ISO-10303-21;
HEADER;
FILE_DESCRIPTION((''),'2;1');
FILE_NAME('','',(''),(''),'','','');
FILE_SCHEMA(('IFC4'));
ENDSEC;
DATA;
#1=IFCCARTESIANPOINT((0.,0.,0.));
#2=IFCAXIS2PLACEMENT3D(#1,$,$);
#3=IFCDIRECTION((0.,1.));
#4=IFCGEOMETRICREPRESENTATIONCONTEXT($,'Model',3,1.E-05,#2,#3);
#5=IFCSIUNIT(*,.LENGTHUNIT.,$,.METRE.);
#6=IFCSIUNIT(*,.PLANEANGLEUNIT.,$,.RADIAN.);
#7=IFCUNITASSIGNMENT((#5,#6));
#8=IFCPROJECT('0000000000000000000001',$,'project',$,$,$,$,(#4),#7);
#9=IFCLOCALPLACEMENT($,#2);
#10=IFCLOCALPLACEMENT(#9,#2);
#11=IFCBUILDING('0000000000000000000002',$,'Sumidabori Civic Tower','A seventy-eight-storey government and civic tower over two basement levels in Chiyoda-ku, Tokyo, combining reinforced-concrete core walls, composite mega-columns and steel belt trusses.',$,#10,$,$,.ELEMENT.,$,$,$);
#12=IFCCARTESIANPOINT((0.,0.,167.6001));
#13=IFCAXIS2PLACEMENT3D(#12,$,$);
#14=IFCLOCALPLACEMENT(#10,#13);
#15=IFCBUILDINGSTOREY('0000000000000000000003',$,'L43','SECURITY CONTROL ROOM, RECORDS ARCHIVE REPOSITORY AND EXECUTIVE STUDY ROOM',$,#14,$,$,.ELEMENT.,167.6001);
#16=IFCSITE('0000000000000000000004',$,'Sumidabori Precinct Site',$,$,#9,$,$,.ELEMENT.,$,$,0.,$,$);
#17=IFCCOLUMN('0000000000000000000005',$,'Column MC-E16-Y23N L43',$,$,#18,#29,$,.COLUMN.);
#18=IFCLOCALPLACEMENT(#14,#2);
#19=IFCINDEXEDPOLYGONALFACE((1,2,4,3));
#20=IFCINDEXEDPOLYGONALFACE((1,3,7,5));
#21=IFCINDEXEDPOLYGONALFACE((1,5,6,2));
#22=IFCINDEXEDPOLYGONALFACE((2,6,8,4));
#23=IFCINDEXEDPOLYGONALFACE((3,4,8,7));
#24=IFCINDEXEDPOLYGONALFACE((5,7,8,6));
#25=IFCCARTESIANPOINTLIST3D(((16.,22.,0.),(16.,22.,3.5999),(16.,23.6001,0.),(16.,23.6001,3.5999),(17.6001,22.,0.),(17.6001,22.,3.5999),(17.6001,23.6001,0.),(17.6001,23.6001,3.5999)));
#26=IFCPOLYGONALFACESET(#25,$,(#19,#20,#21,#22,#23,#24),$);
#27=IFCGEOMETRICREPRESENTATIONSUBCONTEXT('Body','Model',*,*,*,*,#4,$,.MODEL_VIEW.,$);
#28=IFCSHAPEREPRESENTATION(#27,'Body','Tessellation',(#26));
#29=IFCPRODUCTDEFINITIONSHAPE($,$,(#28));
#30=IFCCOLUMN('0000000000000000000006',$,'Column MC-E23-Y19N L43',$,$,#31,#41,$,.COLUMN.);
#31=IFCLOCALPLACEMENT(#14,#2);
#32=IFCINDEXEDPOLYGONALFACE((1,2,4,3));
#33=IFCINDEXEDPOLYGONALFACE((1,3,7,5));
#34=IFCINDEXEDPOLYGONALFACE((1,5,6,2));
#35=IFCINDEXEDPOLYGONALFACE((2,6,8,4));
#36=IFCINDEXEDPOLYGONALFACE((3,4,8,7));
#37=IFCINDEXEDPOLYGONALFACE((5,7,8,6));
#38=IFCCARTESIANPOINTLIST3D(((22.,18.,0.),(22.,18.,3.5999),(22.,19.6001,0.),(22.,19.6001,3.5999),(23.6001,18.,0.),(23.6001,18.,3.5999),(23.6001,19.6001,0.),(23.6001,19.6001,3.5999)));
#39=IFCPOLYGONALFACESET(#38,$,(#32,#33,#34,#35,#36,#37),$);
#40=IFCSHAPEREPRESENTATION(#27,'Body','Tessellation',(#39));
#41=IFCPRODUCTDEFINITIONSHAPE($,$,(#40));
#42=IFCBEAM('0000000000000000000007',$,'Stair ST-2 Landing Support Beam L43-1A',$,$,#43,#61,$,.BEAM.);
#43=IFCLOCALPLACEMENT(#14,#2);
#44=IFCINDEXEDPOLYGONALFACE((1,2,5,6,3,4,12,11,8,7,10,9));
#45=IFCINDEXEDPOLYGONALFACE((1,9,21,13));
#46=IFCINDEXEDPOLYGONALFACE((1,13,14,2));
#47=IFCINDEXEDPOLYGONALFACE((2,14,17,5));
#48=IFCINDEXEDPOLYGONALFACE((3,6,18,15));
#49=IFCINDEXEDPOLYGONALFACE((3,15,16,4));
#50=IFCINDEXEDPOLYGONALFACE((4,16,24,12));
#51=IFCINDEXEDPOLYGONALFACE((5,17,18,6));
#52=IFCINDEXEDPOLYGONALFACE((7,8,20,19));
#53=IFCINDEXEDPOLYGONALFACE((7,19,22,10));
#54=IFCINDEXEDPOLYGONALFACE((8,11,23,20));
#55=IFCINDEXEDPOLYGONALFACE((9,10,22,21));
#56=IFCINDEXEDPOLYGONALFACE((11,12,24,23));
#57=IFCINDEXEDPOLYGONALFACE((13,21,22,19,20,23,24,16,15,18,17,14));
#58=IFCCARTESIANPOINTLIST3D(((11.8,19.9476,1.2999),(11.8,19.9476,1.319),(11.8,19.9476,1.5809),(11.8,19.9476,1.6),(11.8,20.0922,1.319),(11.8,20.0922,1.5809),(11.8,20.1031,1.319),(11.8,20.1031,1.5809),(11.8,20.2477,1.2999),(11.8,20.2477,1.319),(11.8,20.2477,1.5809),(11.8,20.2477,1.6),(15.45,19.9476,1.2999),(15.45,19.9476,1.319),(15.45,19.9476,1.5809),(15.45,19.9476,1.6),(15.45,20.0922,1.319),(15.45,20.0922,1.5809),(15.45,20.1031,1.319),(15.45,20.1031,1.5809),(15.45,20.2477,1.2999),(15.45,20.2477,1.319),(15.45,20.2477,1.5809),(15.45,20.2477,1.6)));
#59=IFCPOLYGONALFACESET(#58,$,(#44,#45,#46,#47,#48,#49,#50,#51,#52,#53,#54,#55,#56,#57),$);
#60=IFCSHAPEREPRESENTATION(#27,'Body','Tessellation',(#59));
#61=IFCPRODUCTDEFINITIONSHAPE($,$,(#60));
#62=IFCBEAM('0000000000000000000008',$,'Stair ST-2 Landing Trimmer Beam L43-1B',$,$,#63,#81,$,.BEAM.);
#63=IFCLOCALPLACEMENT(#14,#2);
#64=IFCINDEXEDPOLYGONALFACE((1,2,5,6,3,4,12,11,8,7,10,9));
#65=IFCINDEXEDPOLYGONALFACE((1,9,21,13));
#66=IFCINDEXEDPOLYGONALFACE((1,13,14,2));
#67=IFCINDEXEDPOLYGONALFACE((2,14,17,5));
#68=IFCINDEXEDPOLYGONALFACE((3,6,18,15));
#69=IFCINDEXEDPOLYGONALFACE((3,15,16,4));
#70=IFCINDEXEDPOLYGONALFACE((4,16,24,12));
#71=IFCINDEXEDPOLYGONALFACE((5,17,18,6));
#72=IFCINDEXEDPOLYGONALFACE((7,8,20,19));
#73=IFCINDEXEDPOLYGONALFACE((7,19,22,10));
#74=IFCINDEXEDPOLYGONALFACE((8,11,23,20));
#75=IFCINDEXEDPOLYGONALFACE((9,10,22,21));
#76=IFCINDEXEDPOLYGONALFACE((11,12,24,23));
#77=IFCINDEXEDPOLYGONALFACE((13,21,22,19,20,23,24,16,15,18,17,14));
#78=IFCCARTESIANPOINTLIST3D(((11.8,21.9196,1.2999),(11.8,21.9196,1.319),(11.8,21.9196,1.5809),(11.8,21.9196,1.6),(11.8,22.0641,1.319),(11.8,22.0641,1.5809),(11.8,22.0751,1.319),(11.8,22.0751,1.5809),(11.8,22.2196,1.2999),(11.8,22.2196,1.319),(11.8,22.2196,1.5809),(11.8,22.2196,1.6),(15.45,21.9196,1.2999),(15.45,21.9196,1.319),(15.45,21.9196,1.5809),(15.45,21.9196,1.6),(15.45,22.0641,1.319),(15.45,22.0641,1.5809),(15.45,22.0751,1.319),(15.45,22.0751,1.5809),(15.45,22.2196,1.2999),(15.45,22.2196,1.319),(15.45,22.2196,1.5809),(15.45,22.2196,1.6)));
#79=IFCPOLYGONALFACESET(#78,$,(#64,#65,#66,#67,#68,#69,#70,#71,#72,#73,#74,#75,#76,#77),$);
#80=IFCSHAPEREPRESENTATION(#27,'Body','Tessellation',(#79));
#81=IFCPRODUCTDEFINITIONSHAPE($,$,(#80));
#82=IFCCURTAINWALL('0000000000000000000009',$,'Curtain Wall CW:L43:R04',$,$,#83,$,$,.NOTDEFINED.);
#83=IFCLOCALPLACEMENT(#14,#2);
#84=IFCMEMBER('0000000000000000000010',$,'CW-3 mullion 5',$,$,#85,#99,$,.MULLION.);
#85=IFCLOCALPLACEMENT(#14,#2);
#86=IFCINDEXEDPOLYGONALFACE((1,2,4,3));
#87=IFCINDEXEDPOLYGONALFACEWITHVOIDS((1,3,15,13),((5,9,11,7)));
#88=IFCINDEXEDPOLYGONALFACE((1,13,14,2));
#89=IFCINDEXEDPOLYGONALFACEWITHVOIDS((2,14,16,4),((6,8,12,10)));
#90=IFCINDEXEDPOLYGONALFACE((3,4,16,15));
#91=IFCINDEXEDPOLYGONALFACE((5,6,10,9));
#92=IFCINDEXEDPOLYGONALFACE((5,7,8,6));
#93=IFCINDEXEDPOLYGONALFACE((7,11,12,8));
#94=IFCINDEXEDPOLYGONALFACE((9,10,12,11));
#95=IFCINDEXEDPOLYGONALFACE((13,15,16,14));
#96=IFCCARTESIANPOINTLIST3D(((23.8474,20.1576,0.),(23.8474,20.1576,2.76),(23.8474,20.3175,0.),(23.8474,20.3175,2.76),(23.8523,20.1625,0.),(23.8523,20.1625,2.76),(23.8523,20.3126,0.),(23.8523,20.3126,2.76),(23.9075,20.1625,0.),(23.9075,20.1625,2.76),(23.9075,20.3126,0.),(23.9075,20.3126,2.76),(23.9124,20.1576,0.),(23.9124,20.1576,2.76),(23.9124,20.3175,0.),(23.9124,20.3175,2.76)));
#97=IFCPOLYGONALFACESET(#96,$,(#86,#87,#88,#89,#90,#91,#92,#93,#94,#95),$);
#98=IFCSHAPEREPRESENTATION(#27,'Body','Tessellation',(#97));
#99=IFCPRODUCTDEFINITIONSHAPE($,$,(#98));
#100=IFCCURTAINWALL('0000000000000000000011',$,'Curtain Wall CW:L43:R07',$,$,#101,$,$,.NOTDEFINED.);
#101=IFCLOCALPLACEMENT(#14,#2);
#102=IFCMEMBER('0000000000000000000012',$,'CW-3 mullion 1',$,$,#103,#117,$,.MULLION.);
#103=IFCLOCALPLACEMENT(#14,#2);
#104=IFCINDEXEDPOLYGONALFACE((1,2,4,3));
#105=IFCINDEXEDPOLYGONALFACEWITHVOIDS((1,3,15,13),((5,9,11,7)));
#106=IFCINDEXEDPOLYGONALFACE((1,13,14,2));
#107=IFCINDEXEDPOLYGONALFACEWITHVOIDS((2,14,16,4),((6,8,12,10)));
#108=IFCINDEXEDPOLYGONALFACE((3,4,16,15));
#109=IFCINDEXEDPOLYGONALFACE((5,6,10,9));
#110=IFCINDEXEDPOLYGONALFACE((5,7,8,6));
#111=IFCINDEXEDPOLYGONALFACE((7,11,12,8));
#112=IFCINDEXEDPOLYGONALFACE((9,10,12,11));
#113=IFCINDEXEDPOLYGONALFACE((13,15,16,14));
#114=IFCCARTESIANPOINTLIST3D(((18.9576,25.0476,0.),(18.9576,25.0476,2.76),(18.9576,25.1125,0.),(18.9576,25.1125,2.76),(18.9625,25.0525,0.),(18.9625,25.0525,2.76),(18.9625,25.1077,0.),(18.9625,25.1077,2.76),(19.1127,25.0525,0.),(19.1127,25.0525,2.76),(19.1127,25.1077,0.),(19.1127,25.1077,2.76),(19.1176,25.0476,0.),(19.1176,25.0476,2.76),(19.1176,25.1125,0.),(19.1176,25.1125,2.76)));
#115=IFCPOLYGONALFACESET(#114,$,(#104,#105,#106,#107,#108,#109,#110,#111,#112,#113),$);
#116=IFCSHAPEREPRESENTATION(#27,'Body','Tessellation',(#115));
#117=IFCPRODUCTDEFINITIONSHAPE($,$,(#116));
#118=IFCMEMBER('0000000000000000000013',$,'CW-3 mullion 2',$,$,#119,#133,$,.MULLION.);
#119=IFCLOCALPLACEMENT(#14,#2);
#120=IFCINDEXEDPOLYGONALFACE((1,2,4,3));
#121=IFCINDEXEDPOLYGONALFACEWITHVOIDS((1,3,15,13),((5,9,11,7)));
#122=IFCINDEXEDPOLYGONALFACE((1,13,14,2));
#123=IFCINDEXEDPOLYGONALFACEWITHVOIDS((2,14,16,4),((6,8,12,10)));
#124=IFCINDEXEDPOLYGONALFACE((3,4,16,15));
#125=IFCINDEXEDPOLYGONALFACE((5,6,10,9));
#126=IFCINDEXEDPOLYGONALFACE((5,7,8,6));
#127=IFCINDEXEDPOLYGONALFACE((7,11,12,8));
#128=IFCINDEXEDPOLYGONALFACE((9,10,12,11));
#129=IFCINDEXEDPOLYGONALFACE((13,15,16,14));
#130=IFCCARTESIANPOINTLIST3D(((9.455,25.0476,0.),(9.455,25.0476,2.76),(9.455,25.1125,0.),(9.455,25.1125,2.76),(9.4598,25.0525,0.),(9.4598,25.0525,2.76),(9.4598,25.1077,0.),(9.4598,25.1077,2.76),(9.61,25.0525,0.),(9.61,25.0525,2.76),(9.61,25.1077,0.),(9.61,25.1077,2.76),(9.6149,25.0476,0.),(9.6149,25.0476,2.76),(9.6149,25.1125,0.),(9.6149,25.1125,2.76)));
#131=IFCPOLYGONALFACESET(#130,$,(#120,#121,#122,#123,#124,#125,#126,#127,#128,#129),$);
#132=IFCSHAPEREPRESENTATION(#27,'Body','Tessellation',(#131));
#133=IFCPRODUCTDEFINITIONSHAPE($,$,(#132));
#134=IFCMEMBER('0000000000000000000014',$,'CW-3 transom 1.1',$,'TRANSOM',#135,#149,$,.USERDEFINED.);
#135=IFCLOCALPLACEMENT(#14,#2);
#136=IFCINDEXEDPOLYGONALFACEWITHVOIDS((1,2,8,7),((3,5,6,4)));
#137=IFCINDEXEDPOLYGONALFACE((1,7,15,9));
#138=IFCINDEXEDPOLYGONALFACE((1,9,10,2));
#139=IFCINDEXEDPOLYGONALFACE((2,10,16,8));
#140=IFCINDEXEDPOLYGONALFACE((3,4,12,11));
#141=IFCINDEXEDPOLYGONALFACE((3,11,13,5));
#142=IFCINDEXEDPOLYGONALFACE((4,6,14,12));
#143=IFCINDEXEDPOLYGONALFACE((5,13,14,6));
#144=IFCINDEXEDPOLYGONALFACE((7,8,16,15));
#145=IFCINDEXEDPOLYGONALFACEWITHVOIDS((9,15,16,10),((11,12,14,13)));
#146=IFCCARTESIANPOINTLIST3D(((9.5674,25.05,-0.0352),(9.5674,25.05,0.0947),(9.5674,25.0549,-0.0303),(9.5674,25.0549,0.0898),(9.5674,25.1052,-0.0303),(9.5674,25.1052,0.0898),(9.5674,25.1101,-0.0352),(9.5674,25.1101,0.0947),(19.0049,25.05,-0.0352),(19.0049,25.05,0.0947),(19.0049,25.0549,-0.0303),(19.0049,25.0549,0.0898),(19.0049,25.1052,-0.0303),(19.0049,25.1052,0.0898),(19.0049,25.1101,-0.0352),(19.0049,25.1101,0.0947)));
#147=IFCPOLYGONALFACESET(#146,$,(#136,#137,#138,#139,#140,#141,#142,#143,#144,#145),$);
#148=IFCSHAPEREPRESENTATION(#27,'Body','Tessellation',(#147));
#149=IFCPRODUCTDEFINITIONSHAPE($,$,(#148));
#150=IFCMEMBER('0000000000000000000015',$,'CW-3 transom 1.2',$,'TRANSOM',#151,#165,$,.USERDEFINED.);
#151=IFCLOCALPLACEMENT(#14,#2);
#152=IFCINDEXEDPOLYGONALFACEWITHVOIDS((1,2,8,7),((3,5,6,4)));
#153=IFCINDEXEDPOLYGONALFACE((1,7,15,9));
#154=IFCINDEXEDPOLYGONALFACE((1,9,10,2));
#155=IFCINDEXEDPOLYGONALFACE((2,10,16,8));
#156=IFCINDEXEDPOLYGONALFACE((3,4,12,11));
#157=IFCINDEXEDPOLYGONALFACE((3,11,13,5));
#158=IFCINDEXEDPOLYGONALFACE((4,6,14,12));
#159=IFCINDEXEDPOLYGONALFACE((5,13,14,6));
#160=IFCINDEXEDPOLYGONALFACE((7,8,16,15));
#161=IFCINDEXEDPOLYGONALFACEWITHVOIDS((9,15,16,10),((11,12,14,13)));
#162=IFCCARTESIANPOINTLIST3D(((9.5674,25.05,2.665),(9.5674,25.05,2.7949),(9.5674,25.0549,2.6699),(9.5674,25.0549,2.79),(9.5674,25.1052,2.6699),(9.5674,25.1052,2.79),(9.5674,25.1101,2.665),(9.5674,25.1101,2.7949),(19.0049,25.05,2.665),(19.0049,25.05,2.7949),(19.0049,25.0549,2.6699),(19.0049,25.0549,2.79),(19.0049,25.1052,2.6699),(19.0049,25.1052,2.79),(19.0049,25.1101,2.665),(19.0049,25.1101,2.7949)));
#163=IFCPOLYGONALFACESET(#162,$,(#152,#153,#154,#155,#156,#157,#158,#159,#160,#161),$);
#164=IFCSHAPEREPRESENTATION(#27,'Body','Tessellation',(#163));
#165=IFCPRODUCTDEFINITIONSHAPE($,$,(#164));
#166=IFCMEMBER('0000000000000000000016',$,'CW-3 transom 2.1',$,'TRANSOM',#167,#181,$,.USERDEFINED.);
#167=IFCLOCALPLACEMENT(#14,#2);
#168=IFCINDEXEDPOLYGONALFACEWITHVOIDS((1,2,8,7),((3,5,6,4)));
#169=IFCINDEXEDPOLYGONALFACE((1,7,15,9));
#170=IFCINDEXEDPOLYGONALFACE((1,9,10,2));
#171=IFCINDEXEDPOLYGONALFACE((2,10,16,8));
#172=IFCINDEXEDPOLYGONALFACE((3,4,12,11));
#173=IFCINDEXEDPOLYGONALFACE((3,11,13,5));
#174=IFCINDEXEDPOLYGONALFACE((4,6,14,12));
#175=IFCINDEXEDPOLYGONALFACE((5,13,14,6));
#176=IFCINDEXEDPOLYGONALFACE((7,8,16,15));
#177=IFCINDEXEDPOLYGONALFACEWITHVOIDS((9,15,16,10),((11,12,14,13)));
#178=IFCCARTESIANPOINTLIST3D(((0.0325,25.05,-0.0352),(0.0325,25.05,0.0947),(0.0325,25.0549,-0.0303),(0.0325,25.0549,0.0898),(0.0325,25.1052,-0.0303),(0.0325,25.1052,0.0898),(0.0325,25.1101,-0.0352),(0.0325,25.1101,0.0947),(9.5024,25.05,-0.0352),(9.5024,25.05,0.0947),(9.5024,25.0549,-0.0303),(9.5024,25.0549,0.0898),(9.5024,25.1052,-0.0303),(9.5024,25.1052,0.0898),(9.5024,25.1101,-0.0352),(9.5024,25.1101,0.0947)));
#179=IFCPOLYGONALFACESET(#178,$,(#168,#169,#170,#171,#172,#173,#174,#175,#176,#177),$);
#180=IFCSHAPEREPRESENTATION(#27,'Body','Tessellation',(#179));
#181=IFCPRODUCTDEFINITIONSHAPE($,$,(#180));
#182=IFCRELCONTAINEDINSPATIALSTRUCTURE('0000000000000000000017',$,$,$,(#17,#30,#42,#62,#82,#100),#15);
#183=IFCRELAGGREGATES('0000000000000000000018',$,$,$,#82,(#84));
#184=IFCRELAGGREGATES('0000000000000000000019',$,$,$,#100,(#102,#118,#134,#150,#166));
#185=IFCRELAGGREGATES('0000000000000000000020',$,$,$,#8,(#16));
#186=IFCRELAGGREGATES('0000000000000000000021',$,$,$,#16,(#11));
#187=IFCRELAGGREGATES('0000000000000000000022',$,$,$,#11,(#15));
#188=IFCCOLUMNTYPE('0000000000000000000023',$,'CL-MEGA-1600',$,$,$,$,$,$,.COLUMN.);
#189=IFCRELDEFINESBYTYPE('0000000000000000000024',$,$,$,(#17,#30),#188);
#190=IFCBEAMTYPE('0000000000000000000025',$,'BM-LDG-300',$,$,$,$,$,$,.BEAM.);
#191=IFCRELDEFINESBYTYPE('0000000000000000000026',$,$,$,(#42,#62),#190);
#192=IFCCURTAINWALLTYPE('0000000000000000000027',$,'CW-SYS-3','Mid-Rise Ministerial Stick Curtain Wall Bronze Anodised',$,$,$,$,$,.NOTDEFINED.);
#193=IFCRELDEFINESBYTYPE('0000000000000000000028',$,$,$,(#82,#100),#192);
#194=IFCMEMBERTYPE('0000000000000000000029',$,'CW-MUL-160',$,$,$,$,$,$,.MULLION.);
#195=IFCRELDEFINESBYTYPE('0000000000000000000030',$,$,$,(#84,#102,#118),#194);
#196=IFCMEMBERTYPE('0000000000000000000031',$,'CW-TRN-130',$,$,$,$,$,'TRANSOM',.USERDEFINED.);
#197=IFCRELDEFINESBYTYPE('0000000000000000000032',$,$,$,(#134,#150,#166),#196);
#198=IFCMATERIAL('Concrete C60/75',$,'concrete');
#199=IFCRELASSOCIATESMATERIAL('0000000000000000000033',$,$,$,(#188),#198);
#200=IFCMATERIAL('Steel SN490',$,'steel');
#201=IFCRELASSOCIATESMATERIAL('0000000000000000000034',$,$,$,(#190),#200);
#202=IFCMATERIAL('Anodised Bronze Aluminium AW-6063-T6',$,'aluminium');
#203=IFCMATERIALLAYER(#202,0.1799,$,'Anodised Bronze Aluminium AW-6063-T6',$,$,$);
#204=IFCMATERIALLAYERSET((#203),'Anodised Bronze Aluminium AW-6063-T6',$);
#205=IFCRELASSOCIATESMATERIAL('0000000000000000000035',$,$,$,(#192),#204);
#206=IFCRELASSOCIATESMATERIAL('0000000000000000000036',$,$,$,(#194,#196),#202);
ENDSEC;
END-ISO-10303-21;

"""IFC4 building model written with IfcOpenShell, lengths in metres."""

from ifc_helpers import new_model, si_unit, direction, frame, origin, origin_2d, place, context, subcontext, project, spatial, rectangle, hollow_rectangle, i_section, extrude, source, transform, mapped, material, layer, layer_set, material_profile, profile_set, type_object, element, aggregate, save


model = new_model("IFC4")

# Units and contexts
model_context = context("Model", 3, precision=1e-05, world=origin(), true_north=direction((0.0, 1.0)))
body_context = subcontext(model_context, "Body", "Model", "MODEL_VIEW")
ifc_project = project(units=[si_unit("LENGTHUNIT", "METRE"), si_unit("PLANEANGLEUNIT", "RADIAN")], contexts=[model_context])

# Site, building, storey
site_placement = place(None, origin())
site = spatial("IfcSite", under=ifc_project, at=site_placement, Name="Sumidabori Precinct Site", CompositionType="ELEMENT", RefElevation=0.0)
building_placement = place(site_placement, origin())
building = spatial("IfcBuilding", under=site, at=building_placement, Name="Sumidabori Civic Tower", Description="A seventy-eight-storey government and civic tower over two basement levels in Chiyoda-ku, Tokyo, combining reinforced-concrete core walls, composite mega-columns and steel belt trusses.", CompositionType="ELEMENT")
storey_placement = place(building_placement, frame((0.0, 0.0, 167.6001)))
storey = spatial("IfcBuildingStorey", under=building, at=storey_placement, Name="L43", Description="SECURITY CONTROL ROOM, RECORDS ARCHIVE REPOSITORY AND EXECUTIVE STUDY ROOM", CompositionType="ELEMENT", Elevation=167.6001)

# Columns
ifc_material_1 = material(Name="Concrete C60/75", Category="concrete")
ifc_material_profile_1 = material_profile(ifc_material_1, rectangle(XDim=1.6001, YDim=1.6001, at=origin_2d()), Name="RC 1600x1600")
ifc_profile_set_1 = profile_set([ifc_material_profile_1], Name="Concrete C60/75")
column_type = type_object("IfcColumnType", Name="CL-MEGA-1600", PredefinedType="COLUMN", material=ifc_profile_set_1)
shared_shape_1 = source(origin(), body_context, "Body", "SweptSolid", [
    extrude(rectangle(XDim=1.6001, YDim=1.6001, at=origin_2d()), origin(), (0.0, 0.0, 1.0), 3.5999),
])
for number, where, z_axis, x_axis, name in (
    (1, (16.8, 22.8, 0.0), (0.0, 0.0, 1.0), (1.0, 0.0, 0.0), "Column MC-E16-Y23N L43"),
    (2, (22.8, 18.8, 0.0), (0.0, 0.0, 1.0), (1.0, 0.0, 0.0), "Column MC-E23-Y19N L43"),
):
    element("IfcColumn", number, at=place(storey_placement, frame(where, z_axis=z_axis, x_axis=x_axis)), inside=storey, type_object=column_type, Name=name, PredefinedType="COLUMN", context=body_context, shape_type="MappedRepresentation", body=[
        mapped(shared_shape_1, transform((0.0, 0.0, 0.0), x_axis=(1.0, 0.0, 0.0), y_axis=(0.0, 1.0, 0.0), z_axis=(0.0, 0.0, 1.0), scale=1.0)),
    ])

# Beams
ifc_material_2 = material(Name="Steel SN490", Category="steel")
ifc_material_profile_2 = material_profile(ifc_material_2, i_section(OverallWidth=0.3, OverallDepth=0.3, WebThickness=0.011, FlangeThickness=0.019, at=origin_2d()), Name="HE 300 B")
ifc_profile_set_2 = profile_set([ifc_material_profile_2], Name="Steel SN490")
beam_type = type_object("IfcBeamType", Name="BM-LDG-300", PredefinedType="BEAM", material=ifc_profile_set_2)
shared_shape_2 = source(origin(), body_context, "Body", "SweptSolid", [
    extrude(i_section(OverallWidth=0.3, OverallDepth=0.3, WebThickness=0.011, FlangeThickness=0.019, at=origin_2d()), origin(), (0.0, 0.0, 1.0), 3.6499),
])
for number, where, z_axis, x_axis, name in (
    (3, (11.8, 20.0977, 1.45), (1.0, 0.0, 0.0), (0.0, 1.0, 0.0), "Stair ST-2 Landing Support Beam L43-1A"),
    (4, (11.8, 22.0696, 1.45), (1.0, 0.0, 0.0), (0.0, 1.0, 0.0), "Stair ST-2 Landing Trimmer Beam L43-1B"),
):
    element("IfcBeam", number, at=place(storey_placement, frame(where, z_axis=z_axis, x_axis=x_axis)), inside=storey, type_object=beam_type, Name=name, PredefinedType="BEAM", context=body_context, shape_type="MappedRepresentation", body=[
        mapped(shared_shape_2, transform((0.0, 0.0, 0.0), x_axis=(1.0, 0.0, 0.0), y_axis=(0.0, 1.0, 0.0), z_axis=(0.0, 0.0, 1.0), scale=1.0)),
    ])

# Curtain wall, member
ifc_material_3 = material(Name="Anodised Bronze Aluminium AW-6063-T6", Category="aluminium")
ifc_layer_1 = layer(ifc_material_3, 0.1799, Name="Anodised Bronze Aluminium AW-6063-T6")
ifc_layer_set_1 = layer_set([ifc_layer_1], Name="Anodised Bronze Aluminium AW-6063-T6")
curtain_wall_type = type_object("IfcCurtainWallType", Name="CW-SYS-3", Description="Mid-Rise Ministerial Stick Curtain Wall Bronze Anodised", PredefinedType="NOTDEFINED", material=ifc_layer_set_1)
curtain_wall_1_placement = place(storey_placement, origin())
curtain_wall_1 = element("IfcCurtainWall", 5, at=curtain_wall_1_placement, inside=storey, type_object=curtain_wall_type, Name="Curtain Wall CW:L43:R04", PredefinedType="NOTDEFINED")
ifc_material_profile_3 = material_profile(ifc_material_3, hollow_rectangle(XDim=0.0649, YDim=0.1599, WallThickness=0.0049, at=origin_2d()), Name="ALU MULLION 160x65")
ifc_profile_set_3 = profile_set([ifc_material_profile_3], Name="Anodised Bronze Aluminium AW-6063-T6")
member_type_1 = type_object("IfcMemberType", Name="CW-MUL-160", PredefinedType="MULLION", material=ifc_profile_set_3)
shared_shape_3 = source(origin(), body_context, "Body", "SweptSolid", [
    extrude(hollow_rectangle(XDim=0.0649, YDim=0.1599, WallThickness=0.0049, at=origin_2d()), origin(), (0.0, 0.0, 1.0), 2.76),
])
member_1_placement = place(storey_placement, frame((23.8799, 20.2375, 0.0), z_axis=(0.0, 0.0, 1.0), x_axis=(-1.0, 0.0, 0.0)))
member_1 = element("IfcMember", 6, at=member_1_placement, type_object=member_type_1, Name="CW-3 mullion 5", PredefinedType="MULLION", context=body_context, shape_type="MappedRepresentation", body=[
    mapped(shared_shape_3, transform((0.0, 0.0, 0.0), x_axis=(1.0, 0.0, 0.0), y_axis=(0.0, 1.0, 0.0), z_axis=(0.0, 0.0, 1.0), scale=1.0)),
])

# Curtain wall, members
curtain_wall_2_placement = place(storey_placement, origin())
curtain_wall_2 = element("IfcCurtainWall", 7, at=curtain_wall_2_placement, inside=storey, type_object=curtain_wall_type, Name="Curtain Wall CW:L43:R07", PredefinedType="NOTDEFINED")
member_2_placement = place(storey_placement, frame((19.0376, 25.0801, 0.0), z_axis=(0.0, 0.0, 1.0), x_axis=(0.0, -1.0, 0.0)))
member_2 = element("IfcMember", 8, at=member_2_placement, type_object=member_type_1, Name="CW-3 mullion 1", PredefinedType="MULLION", context=body_context, shape_type="MappedRepresentation", body=[
    mapped(shared_shape_3, transform((0.0, 0.0, 0.0), x_axis=(1.0, 0.0, 0.0), y_axis=(0.0, 1.0, 0.0), z_axis=(0.0, 0.0, 1.0), scale=1.0)),
])
member_3_placement = place(storey_placement, frame((9.5349, 25.0801, 0.0), z_axis=(0.0, 0.0, 1.0), x_axis=(0.0, -1.0, 0.0)))
member_3 = element("IfcMember", 9, at=member_3_placement, type_object=member_type_1, Name="CW-3 mullion 2", PredefinedType="MULLION", context=body_context, shape_type="MappedRepresentation", body=[
    mapped(shared_shape_3, transform((0.0, 0.0, 0.0), x_axis=(1.0, 0.0, 0.0), y_axis=(0.0, 1.0, 0.0), z_axis=(0.0, 0.0, 1.0), scale=1.0)),
])
ifc_material_profile_4 = material_profile(ifc_material_3, hollow_rectangle(XDim=0.0601, YDim=0.1299, WallThickness=0.0049, at=origin_2d()), Name="ALU TRANSOM 130x60")
ifc_profile_set_4 = profile_set([ifc_material_profile_4], Name="Anodised Bronze Aluminium AW-6063-T6")
member_type_2 = type_object("IfcMemberType", Name="CW-TRN-130", ElementType="TRANSOM", PredefinedType="USERDEFINED", material=ifc_profile_set_4)
shared_shape_4 = source(origin(), body_context, "Body", "SweptSolid", [
    extrude(hollow_rectangle(XDim=0.0601, YDim=0.1299, WallThickness=0.0049, at=origin_2d()), origin(), (0.0, 0.0, 1.0), 9.4375),
])
member_4_placement = place(storey_placement, frame((19.0049, 25.0801, 0.0298), z_axis=(-1.0, 0.0, 0.0), x_axis=(0.0, -1.0, 0.0)))
member_4 = element("IfcMember", 10, at=member_4_placement, type_object=member_type_2, Name="CW-3 transom 1.1", ObjectType="TRANSOM", PredefinedType="USERDEFINED", context=body_context, shape_type="MappedRepresentation", body=[
    mapped(shared_shape_4, transform((0.0, 0.0, 0.0), x_axis=(1.0, 0.0, 0.0), y_axis=(0.0, 1.0, 0.0), z_axis=(0.0, 0.0, 1.0), scale=1.0)),
])
member_5_placement = place(storey_placement, frame((19.0049, 25.0801, 2.73), z_axis=(-1.0, 0.0, 0.0), x_axis=(0.0, -1.0, 0.0)))
member_5 = element("IfcMember", 11, at=member_5_placement, type_object=member_type_2, Name="CW-3 transom 1.2", ObjectType="TRANSOM", PredefinedType="USERDEFINED", context=body_context, shape_type="MappedRepresentation", body=[
    mapped(shared_shape_4, transform((0.0, 0.0, 0.0), x_axis=(1.0, 0.0, 0.0), y_axis=(0.0, 1.0, 0.0), z_axis=(0.0, 0.0, 1.0), scale=1.0)),
])
shared_shape_5 = source(origin(), body_context, "Body", "SweptSolid", [
    extrude(hollow_rectangle(XDim=0.0601, YDim=0.1299, WallThickness=0.0049, at=origin_2d()), origin(), (0.0, 0.0, 1.0), 9.47),
])
member_6_placement = place(storey_placement, frame((9.5024, 25.0801, 0.0298), z_axis=(-1.0, 0.0, 0.0), x_axis=(0.0, -1.0, 0.0)))
member_6 = element("IfcMember", 12, at=member_6_placement, type_object=member_type_2, Name="CW-3 transom 2.1", ObjectType="TRANSOM", PredefinedType="USERDEFINED", context=body_context, shape_type="MappedRepresentation", body=[
    mapped(shared_shape_5, transform((0.0, 0.0, 0.0), x_axis=(1.0, 0.0, 0.0), y_axis=(0.0, 1.0, 0.0), z_axis=(0.0, 0.0, 1.0), scale=1.0)),
])

aggregate(curtain_wall_1, [member_1])
aggregate(curtain_wall_2, [member_2, member_3, member_4, member_5, member_6])

save(model, "model.ifc")
